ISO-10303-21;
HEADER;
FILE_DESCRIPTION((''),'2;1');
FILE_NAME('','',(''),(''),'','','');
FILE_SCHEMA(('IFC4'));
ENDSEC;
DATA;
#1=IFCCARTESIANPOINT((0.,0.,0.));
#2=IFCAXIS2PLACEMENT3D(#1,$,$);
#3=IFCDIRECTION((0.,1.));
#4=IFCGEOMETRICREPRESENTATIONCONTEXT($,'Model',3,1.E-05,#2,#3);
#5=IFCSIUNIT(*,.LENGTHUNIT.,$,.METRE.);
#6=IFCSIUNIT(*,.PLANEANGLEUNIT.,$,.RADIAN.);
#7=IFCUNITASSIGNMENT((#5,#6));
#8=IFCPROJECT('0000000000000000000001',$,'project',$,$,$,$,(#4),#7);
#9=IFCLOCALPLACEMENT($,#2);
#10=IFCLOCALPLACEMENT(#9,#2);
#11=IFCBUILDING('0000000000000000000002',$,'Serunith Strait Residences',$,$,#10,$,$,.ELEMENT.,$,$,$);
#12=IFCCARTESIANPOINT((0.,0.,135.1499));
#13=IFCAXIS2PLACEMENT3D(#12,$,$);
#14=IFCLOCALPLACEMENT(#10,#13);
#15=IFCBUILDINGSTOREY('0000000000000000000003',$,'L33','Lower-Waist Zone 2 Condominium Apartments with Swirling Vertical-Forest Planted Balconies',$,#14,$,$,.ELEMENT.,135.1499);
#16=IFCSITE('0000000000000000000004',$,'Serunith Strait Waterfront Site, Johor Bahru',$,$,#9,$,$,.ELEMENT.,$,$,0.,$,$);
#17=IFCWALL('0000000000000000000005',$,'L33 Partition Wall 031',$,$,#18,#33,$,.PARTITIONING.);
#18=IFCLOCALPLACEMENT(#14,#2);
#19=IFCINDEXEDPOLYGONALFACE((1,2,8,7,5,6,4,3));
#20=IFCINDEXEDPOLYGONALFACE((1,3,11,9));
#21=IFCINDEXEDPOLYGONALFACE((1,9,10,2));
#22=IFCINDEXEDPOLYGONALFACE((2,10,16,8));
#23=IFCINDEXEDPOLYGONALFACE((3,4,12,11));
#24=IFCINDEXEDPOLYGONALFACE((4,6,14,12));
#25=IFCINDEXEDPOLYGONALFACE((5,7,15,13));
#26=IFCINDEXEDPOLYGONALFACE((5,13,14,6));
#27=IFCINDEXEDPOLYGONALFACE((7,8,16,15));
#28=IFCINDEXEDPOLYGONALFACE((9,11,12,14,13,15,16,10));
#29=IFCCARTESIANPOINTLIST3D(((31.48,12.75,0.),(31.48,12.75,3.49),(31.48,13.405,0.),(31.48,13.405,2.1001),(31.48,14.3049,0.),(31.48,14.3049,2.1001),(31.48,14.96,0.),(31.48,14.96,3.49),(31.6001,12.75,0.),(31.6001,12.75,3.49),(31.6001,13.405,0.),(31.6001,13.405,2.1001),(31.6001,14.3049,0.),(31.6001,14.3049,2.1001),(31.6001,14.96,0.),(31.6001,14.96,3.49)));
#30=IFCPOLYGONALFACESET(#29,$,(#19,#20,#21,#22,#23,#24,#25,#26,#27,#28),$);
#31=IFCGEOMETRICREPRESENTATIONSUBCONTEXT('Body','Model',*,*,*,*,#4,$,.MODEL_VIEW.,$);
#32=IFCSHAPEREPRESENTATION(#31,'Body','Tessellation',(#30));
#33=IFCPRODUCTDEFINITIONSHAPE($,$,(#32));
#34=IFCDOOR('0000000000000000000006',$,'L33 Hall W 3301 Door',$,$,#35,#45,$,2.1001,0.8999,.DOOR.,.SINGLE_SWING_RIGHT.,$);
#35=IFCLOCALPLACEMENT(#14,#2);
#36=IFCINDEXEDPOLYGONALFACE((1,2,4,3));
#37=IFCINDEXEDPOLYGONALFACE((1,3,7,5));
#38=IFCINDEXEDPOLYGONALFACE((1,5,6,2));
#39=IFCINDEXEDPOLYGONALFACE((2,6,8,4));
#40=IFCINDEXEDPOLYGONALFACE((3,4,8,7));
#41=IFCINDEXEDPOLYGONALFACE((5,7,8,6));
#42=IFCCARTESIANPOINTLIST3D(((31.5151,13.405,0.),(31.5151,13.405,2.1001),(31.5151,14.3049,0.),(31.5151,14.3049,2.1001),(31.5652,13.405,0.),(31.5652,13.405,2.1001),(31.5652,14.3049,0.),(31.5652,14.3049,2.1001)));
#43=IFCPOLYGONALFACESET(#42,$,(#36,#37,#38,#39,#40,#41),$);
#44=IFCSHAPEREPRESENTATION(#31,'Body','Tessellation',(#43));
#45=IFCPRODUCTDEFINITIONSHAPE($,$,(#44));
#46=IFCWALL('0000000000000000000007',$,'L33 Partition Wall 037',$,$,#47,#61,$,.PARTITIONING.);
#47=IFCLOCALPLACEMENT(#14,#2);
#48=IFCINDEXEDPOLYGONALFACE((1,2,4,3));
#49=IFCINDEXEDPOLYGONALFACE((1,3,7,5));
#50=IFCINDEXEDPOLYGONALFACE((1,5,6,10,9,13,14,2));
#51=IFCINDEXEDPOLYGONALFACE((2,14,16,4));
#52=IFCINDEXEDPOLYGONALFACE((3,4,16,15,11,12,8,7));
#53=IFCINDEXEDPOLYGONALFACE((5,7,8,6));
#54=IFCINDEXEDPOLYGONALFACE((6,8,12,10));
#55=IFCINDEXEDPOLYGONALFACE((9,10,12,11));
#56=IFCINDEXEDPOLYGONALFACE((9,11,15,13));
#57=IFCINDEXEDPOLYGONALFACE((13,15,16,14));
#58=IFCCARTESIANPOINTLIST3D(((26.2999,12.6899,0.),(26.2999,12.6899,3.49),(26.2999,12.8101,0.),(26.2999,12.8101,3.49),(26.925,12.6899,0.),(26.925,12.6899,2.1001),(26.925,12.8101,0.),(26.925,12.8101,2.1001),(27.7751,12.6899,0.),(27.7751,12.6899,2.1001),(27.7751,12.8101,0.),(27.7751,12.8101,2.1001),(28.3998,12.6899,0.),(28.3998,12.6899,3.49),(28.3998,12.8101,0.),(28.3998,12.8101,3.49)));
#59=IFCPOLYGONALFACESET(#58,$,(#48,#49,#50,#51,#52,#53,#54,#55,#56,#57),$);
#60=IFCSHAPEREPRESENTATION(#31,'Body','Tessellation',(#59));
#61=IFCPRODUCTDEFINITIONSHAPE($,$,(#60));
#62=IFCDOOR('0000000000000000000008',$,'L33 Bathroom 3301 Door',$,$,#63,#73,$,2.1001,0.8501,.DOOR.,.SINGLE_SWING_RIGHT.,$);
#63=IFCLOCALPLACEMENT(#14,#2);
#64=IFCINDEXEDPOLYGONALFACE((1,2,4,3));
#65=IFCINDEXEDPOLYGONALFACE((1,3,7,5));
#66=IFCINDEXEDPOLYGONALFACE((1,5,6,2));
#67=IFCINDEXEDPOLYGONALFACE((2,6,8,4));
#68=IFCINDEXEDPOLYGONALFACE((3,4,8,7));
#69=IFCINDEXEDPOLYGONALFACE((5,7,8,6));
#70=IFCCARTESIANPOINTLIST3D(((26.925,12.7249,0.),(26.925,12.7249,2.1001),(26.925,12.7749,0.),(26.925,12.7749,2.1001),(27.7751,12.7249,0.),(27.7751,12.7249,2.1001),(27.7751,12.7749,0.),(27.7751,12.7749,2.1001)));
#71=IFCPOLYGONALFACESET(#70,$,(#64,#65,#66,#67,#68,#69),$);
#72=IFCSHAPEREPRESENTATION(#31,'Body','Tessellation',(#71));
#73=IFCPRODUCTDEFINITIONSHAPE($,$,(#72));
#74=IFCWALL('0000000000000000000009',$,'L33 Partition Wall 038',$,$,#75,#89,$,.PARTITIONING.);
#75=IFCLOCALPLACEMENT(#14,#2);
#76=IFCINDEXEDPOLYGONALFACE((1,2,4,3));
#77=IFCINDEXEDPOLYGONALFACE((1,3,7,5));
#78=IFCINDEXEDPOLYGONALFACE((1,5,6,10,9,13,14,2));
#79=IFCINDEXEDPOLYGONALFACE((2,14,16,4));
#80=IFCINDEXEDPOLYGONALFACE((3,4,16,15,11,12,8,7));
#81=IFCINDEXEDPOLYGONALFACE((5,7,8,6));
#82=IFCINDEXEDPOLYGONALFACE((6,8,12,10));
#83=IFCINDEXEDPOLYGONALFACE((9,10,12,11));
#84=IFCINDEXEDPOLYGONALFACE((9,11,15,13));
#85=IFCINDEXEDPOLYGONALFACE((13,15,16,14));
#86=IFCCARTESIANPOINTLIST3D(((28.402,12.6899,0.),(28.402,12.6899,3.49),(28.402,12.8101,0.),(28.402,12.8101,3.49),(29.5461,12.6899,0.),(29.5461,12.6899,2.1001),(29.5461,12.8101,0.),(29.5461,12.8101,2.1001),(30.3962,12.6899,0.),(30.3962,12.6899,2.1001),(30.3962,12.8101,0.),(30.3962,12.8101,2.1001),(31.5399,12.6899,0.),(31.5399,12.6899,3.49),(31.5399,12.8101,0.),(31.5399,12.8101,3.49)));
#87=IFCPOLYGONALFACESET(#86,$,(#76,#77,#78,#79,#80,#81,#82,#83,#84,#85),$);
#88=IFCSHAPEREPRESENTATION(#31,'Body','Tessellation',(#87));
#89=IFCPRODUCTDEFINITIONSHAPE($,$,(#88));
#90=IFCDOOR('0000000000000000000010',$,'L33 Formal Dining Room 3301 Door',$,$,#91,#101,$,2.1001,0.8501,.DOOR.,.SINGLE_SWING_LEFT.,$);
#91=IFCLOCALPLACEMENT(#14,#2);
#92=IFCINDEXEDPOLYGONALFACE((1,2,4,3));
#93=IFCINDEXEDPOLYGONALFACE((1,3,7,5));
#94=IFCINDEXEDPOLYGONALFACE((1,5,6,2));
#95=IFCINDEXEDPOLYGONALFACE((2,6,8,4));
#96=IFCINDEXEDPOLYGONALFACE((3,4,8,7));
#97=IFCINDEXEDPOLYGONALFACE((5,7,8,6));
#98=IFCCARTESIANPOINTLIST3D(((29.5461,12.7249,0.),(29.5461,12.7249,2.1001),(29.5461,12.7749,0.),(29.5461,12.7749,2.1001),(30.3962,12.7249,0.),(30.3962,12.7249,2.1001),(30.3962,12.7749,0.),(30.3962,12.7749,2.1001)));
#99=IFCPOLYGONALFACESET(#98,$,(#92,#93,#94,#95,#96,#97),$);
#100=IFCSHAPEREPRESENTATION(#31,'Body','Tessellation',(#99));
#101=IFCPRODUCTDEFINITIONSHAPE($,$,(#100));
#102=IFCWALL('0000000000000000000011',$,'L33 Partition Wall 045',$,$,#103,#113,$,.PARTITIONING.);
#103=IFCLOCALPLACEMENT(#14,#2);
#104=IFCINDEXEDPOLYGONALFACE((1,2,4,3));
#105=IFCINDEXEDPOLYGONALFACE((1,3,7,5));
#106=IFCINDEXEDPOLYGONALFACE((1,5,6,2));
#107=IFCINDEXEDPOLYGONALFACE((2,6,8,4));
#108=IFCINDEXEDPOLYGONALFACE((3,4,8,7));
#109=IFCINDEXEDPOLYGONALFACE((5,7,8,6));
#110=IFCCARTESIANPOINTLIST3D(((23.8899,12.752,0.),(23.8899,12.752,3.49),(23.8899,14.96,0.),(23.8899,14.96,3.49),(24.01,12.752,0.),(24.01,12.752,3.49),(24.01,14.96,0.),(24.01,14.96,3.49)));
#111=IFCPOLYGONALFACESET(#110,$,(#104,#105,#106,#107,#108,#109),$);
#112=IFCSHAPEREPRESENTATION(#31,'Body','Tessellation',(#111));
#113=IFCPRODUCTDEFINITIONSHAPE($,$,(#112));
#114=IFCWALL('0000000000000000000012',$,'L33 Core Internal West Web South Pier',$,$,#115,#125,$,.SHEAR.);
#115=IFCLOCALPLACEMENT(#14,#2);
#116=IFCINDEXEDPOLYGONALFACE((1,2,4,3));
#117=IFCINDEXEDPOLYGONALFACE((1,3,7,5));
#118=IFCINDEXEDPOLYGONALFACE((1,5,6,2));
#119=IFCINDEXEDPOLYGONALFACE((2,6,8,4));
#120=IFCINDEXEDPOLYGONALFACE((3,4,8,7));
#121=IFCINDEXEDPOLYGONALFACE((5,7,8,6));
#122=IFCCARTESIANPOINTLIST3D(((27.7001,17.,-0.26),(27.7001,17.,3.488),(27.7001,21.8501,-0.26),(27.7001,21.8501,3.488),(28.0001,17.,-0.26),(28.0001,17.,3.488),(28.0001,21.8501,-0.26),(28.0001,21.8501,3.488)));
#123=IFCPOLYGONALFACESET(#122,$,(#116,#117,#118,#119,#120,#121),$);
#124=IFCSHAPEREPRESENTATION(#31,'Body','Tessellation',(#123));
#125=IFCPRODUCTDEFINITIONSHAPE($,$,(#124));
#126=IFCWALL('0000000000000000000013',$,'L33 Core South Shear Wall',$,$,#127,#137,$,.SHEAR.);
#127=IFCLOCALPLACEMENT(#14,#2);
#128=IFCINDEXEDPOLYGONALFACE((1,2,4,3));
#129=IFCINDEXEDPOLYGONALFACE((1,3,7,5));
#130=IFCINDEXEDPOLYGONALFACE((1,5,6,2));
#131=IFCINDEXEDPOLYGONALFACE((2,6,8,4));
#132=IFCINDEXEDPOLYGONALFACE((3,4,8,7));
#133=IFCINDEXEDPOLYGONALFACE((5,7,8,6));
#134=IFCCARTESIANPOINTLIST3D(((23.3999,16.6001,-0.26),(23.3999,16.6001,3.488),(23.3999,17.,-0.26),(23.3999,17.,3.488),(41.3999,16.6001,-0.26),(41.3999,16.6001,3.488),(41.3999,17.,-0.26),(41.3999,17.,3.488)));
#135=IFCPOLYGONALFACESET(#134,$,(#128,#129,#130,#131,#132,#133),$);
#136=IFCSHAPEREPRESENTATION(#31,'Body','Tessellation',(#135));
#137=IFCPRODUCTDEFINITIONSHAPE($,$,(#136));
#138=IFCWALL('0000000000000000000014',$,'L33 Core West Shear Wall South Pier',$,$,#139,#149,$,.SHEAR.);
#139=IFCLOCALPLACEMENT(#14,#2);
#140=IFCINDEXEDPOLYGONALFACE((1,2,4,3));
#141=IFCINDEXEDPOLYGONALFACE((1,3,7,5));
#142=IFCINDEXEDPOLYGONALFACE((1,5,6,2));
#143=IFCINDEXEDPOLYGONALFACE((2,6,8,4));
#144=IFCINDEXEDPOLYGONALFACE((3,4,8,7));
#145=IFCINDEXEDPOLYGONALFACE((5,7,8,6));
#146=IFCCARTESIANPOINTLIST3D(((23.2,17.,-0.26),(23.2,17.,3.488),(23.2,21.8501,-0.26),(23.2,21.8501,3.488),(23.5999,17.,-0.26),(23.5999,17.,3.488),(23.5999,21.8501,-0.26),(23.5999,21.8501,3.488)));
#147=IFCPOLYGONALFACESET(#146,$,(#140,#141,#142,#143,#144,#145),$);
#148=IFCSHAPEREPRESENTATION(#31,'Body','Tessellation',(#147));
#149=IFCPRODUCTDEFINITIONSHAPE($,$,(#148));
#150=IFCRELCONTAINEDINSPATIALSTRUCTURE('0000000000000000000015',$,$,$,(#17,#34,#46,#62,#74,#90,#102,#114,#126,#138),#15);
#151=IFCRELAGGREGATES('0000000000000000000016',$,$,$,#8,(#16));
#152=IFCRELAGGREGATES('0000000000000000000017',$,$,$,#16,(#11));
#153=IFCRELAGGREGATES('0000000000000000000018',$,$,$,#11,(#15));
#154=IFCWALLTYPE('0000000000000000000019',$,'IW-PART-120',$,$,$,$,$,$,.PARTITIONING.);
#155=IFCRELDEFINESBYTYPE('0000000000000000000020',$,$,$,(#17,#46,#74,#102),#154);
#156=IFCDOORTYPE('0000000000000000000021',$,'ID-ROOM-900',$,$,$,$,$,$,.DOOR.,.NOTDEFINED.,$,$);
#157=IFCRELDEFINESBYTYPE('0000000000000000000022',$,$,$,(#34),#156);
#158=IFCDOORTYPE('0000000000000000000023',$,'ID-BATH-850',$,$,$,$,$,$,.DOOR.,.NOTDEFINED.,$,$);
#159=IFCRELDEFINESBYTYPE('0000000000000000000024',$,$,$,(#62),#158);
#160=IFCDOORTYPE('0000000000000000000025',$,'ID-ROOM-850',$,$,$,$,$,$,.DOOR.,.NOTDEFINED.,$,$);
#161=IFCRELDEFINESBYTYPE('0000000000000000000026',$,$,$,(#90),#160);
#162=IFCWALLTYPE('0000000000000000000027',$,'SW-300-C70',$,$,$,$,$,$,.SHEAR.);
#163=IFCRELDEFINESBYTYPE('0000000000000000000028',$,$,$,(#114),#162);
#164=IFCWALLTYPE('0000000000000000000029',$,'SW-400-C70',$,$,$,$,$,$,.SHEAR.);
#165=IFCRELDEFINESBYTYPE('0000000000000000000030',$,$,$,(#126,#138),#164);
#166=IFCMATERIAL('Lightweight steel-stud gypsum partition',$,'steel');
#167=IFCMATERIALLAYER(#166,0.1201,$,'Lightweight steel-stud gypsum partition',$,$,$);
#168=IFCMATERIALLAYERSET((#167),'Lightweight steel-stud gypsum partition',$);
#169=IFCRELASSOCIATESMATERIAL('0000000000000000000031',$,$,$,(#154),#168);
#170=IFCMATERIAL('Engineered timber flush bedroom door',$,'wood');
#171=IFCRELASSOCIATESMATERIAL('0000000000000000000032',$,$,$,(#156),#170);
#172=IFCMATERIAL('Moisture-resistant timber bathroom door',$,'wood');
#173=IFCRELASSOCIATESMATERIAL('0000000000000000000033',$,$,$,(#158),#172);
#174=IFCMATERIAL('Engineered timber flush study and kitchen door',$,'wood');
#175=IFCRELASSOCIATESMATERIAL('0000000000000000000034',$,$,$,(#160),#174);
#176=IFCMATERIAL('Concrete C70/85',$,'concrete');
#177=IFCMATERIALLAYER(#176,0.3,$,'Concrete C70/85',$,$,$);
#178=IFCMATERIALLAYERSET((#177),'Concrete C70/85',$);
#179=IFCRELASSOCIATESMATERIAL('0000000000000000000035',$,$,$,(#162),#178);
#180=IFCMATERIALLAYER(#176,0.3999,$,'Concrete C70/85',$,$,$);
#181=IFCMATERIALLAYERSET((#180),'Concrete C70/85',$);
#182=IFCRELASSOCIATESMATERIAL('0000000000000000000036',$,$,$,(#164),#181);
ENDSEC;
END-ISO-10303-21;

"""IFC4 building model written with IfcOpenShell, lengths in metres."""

from ifc_helpers import new_model, si_unit, direction, frame, frame_2d, origin, place, context, subcontext, project, spatial, rectangle, extrude, source, transform, mapped, material, layer, layer_set, type_object, element, fill, save


model = new_model("IFC4")

# Units and contexts
model_context = context("Model", 3, precision=1e-05, world=origin(), true_north=direction((0.0, 1.0)))
body_context = subcontext(model_context, "Body", "Model", "MODEL_VIEW")
ifc_project = project(units=[si_unit("LENGTHUNIT", "METRE"), si_unit("PLANEANGLEUNIT", "RADIAN")], contexts=[model_context])

# Site, building, storey
site_placement = place(None, origin())
site = spatial("IfcSite", under=ifc_project, at=site_placement, Name="Serunith Strait Waterfront Site, Johor Bahru", CompositionType="ELEMENT", RefElevation=0.0)
building_placement = place(site_placement, origin())
building = spatial("IfcBuilding", under=site, at=building_placement, Name="Serunith Strait Residences", CompositionType="ELEMENT")
storey_placement = place(building_placement, frame((0.0, 0.0, 135.1499)))
storey = spatial("IfcBuildingStorey", under=building, at=storey_placement, Name="L33", Description="Lower-Waist Zone 2 Condominium Apartments with Swirling Vertical-Forest Planted Balconies", CompositionType="ELEMENT", Elevation=135.1499)

# Walls, openings, doors
ifc_material_1 = material(Name="Lightweight steel-stud gypsum partition", Category="steel")
ifc_layer_1 = layer(ifc_material_1, 0.1201, Name="Lightweight steel-stud gypsum partition")
ifc_layer_set_1 = layer_set([ifc_layer_1], Name="Lightweight steel-stud gypsum partition")
wall_type_1 = type_object("IfcWallType", Name="IW-PART-120", PredefinedType="PARTITIONING", material=ifc_layer_set_1)
wall_1_placement = place(storey_placement, frame((31.54, 12.75, 0.0), z_axis=(0.0, 0.0, 1.0), x_axis=(0.0, 1.0, 0.0)))
wall_1 = element("IfcWall", 1, at=wall_1_placement, inside=storey, type_object=wall_type_1, Name="L33 Partition Wall 031", PredefinedType="PARTITIONING", context=body_context, shape_type="SweptSolid", body=[
    extrude(rectangle(XDim=2.21, YDim=0.1201, at=frame_2d((1.105, 0.0))), origin(), (0.0, 0.0, 1.0), 3.49),
])
opening_1_placement = place(wall_1_placement, frame((0.655, 0.0, 0.0)))
opening_1 = element("IfcOpeningElement", 2, at=opening_1_placement, cuts=wall_1, PredefinedType="OPENING", context=body_context, shape_type="SweptSolid", body=[
    extrude(rectangle(XDim=0.8999, YDim=2.1001, at=frame_2d((0.45, 1.05))), frame((0.0, 0.0701, 0.0), z_axis=(0.0, -1.0, 0.0), x_axis=(1.0, 0.0, 0.0)), (0.0, 0.0, 1.0), 0.1401),
])
ifc_material_2 = material(Name="Engineered timber flush bedroom door", Category="wood")
door_type_1 = type_object("IfcDoorType", Name="ID-ROOM-900", OperationType="NOTDEFINED", PredefinedType="DOOR", material=ifc_material_2)
shared_shape_1 = source(origin(), body_context, "Body", "SweptSolid", [
    extrude(rectangle(XDim=0.8999, YDim=2.1001, at=frame_2d((0.45, 1.05))), frame((0.0, 0.0249, 0.0), z_axis=(0.0, -1.0, 0.0), x_axis=(1.0, 0.0, 0.0)), (0.0, 0.0, 1.0), 0.05),
])
door_1_placement = place(opening_1_placement, origin())
door_1 = element("IfcDoor", 3, at=door_1_placement, inside=storey, type_object=door_type_1, Name="L33 Hall W 3301 Door", OperationType="SINGLE_SWING_RIGHT", OverallHeight=2.1001, OverallWidth=0.8999, PredefinedType="DOOR", context=body_context, shape_type="MappedRepresentation", body=[
    mapped(shared_shape_1, transform((0.0, 0.0, 0.0), scale=1.0)),
])
fill(opening_1, door_1)
wall_2_placement = place(storey_placement, frame((26.3, 12.75, 0.0), z_axis=(0.0, 0.0, 1.0), x_axis=(1.0, 0.0, 0.0)))
wall_2 = element("IfcWall", 4, at=wall_2_placement, inside=storey, type_object=wall_type_1, Name="L33 Partition Wall 037", PredefinedType="PARTITIONING", context=body_context, shape_type="SweptSolid", body=[
    extrude(rectangle(XDim=2.0999, YDim=0.1201, at=frame_2d((1.0498, 0.0))), origin(), (0.0, 0.0, 1.0), 3.49),
])
opening_2_placement = place(wall_2_placement, frame((0.625, 0.0, 0.0)))
opening_2 = element("IfcOpeningElement", 5, at=opening_2_placement, cuts=wall_2, PredefinedType="OPENING", context=body_context, shape_type="SweptSolid", body=[
    extrude(rectangle(XDim=0.8501, YDim=2.1001, at=frame_2d((0.425, 1.05))), frame((0.0, 0.0701, 0.0), z_axis=(0.0, -1.0, 0.0), x_axis=(1.0, 0.0, 0.0)), (0.0, 0.0, 1.0), 0.1401),
])
ifc_material_3 = material(Name="Moisture-resistant timber bathroom door", Category="wood")
door_type_2 = type_object("IfcDoorType", Name="ID-BATH-850", OperationType="NOTDEFINED", PredefinedType="DOOR", material=ifc_material_3)
shared_shape_2 = source(origin(), body_context, "Body", "SweptSolid", [
    extrude(rectangle(XDim=0.8501, YDim=2.1001, at=frame_2d((0.425, 1.05))), frame((0.0, 0.0249, 0.0), z_axis=(0.0, -1.0, 0.0), x_axis=(1.0, 0.0, 0.0)), (0.0, 0.0, 1.0), 0.05),
])
door_2_placement = place(opening_2_placement, origin())
door_2 = element("IfcDoor", 6, at=door_2_placement, inside=storey, type_object=door_type_2, Name="L33 Bathroom 3301 Door", OperationType="SINGLE_SWING_RIGHT", OverallHeight=2.1001, OverallWidth=0.8501, PredefinedType="DOOR", context=body_context, shape_type="MappedRepresentation", body=[
    mapped(shared_shape_2, transform((0.0, 0.0, 0.0), scale=1.0)),
])
fill(opening_2, door_2)
wall_3_placement = place(storey_placement, frame((28.4021, 12.75, 0.0), z_axis=(0.0, 0.0, 1.0), x_axis=(1.0, 0.0, 0.0)))
wall_3 = element("IfcWall", 7, at=wall_3_placement, inside=storey, type_object=wall_type_1, Name="L33 Partition Wall 038", PredefinedType="PARTITIONING", context=body_context, shape_type="SweptSolid", body=[
    extrude(rectangle(XDim=3.1379, YDim=0.1201, at=frame_2d((1.5688, 0.0))), origin(), (0.0, 0.0, 1.0), 3.49),
])
opening_3_placement = place(wall_3_placement, frame((1.144, 0.0, 0.0)))
opening_3 = element("IfcOpeningElement", 8, at=opening_3_placement, cuts=wall_3, PredefinedType="OPENING", context=body_context, shape_type="SweptSolid", body=[
    extrude(rectangle(XDim=0.8501, YDim=2.1001, at=frame_2d((0.425, 1.05))), frame((0.0, 0.0701, 0.0), z_axis=(0.0, -1.0, 0.0), x_axis=(1.0, 0.0, 0.0)), (0.0, 0.0, 1.0), 0.1401),
])
ifc_material_4 = material(Name="Engineered timber flush study and kitchen door", Category="wood")
door_type_3 = type_object("IfcDoorType", Name="ID-ROOM-850", OperationType="NOTDEFINED", PredefinedType="DOOR", material=ifc_material_4)
door_3_placement = place(opening_3_placement, origin())
door_3 = element("IfcDoor", 9, at=door_3_placement, inside=storey, type_object=door_type_3, Name="L33 Formal Dining Room 3301 Door", OperationType="SINGLE_SWING_LEFT", OverallHeight=2.1001, OverallWidth=0.8501, PredefinedType="DOOR", context=body_context, shape_type="MappedRepresentation", body=[
    mapped(shared_shape_2, transform((0.0, 0.0, 0.0), scale=1.0)),
])
fill(opening_3, door_3)

# Walls
wall_4_placement = place(storey_placement, frame((23.95, 12.752, 0.0), z_axis=(0.0, 0.0, 1.0), x_axis=(0.0, 1.0, 0.0)))
element("IfcWall", 10, at=wall_4_placement, inside=storey, type_object=wall_type_1, Name="L33 Partition Wall 045", PredefinedType="PARTITIONING", context=body_context, shape_type="SweptSolid", body=[
    extrude(rectangle(XDim=2.208, YDim=0.1201, at=frame_2d((1.104, 0.0))), origin(), (0.0, 0.0, 1.0), 3.49),
])
ifc_material_5 = material(Name="Concrete C70/85", Category="concrete")
ifc_layer_2 = layer(ifc_material_5, 0.3, Name="Concrete C70/85")
ifc_layer_set_2 = layer_set([ifc_layer_2], Name="Concrete C70/85")
wall_type_2 = type_object("IfcWallType", Name="SW-300-C70", PredefinedType="SHEAR", material=ifc_layer_set_2)
wall_5_placement = place(storey_placement, frame((27.8501, 17.0, -0.26), z_axis=(0.0, 0.0, 1.0), x_axis=(0.0, 1.0, 0.0)))
element("IfcWall", 11, at=wall_5_placement, inside=storey, type_object=wall_type_2, Name="L33 Core Internal West Web South Pier", PredefinedType="SHEAR", context=body_context, shape_type="SweptSolid", body=[
    extrude(rectangle(XDim=4.8501, YDim=0.3, at=frame_2d((2.425, 0.0))), origin(), (0.0, 0.0, 1.0), 3.748),
])
ifc_layer_3 = layer(ifc_material_5, 0.3999, Name="Concrete C70/85")
ifc_layer_set_3 = layer_set([ifc_layer_3], Name="Concrete C70/85")
wall_type_3 = type_object("IfcWallType", Name="SW-400-C70", PredefinedType="SHEAR", material=ifc_layer_set_3)
wall_6_placement = place(storey_placement, frame((23.3999, 16.8, -0.26), z_axis=(0.0, 0.0, 1.0), x_axis=(1.0, 0.0, 0.0)))
element("IfcWall", 12, at=wall_6_placement, inside=storey, type_object=wall_type_3, Name="L33 Core South Shear Wall", PredefinedType="SHEAR", context=body_context, shape_type="SweptSolid", body=[
    extrude(rectangle(XDim=18.0, YDim=0.3999, at=frame_2d((9.0, 0.0))), origin(), (0.0, 0.0, 1.0), 3.748),
])
wall_7_placement = place(storey_placement, frame((23.3999, 17.0, -0.26), z_axis=(0.0, 0.0, 1.0), x_axis=(0.0, 1.0, 0.0)))
element("IfcWall", 13, at=wall_7_placement, inside=storey, type_object=wall_type_3, Name="L33 Core West Shear Wall South Pier", PredefinedType="SHEAR", context=body_context, shape_type="SweptSolid", body=[
    extrude(rectangle(XDim=4.8501, YDim=0.3999, at=frame_2d((2.425, 0.0))), origin(), (0.0, 0.0, 1.0), 3.748),
])

save(model, "model.ifc")
